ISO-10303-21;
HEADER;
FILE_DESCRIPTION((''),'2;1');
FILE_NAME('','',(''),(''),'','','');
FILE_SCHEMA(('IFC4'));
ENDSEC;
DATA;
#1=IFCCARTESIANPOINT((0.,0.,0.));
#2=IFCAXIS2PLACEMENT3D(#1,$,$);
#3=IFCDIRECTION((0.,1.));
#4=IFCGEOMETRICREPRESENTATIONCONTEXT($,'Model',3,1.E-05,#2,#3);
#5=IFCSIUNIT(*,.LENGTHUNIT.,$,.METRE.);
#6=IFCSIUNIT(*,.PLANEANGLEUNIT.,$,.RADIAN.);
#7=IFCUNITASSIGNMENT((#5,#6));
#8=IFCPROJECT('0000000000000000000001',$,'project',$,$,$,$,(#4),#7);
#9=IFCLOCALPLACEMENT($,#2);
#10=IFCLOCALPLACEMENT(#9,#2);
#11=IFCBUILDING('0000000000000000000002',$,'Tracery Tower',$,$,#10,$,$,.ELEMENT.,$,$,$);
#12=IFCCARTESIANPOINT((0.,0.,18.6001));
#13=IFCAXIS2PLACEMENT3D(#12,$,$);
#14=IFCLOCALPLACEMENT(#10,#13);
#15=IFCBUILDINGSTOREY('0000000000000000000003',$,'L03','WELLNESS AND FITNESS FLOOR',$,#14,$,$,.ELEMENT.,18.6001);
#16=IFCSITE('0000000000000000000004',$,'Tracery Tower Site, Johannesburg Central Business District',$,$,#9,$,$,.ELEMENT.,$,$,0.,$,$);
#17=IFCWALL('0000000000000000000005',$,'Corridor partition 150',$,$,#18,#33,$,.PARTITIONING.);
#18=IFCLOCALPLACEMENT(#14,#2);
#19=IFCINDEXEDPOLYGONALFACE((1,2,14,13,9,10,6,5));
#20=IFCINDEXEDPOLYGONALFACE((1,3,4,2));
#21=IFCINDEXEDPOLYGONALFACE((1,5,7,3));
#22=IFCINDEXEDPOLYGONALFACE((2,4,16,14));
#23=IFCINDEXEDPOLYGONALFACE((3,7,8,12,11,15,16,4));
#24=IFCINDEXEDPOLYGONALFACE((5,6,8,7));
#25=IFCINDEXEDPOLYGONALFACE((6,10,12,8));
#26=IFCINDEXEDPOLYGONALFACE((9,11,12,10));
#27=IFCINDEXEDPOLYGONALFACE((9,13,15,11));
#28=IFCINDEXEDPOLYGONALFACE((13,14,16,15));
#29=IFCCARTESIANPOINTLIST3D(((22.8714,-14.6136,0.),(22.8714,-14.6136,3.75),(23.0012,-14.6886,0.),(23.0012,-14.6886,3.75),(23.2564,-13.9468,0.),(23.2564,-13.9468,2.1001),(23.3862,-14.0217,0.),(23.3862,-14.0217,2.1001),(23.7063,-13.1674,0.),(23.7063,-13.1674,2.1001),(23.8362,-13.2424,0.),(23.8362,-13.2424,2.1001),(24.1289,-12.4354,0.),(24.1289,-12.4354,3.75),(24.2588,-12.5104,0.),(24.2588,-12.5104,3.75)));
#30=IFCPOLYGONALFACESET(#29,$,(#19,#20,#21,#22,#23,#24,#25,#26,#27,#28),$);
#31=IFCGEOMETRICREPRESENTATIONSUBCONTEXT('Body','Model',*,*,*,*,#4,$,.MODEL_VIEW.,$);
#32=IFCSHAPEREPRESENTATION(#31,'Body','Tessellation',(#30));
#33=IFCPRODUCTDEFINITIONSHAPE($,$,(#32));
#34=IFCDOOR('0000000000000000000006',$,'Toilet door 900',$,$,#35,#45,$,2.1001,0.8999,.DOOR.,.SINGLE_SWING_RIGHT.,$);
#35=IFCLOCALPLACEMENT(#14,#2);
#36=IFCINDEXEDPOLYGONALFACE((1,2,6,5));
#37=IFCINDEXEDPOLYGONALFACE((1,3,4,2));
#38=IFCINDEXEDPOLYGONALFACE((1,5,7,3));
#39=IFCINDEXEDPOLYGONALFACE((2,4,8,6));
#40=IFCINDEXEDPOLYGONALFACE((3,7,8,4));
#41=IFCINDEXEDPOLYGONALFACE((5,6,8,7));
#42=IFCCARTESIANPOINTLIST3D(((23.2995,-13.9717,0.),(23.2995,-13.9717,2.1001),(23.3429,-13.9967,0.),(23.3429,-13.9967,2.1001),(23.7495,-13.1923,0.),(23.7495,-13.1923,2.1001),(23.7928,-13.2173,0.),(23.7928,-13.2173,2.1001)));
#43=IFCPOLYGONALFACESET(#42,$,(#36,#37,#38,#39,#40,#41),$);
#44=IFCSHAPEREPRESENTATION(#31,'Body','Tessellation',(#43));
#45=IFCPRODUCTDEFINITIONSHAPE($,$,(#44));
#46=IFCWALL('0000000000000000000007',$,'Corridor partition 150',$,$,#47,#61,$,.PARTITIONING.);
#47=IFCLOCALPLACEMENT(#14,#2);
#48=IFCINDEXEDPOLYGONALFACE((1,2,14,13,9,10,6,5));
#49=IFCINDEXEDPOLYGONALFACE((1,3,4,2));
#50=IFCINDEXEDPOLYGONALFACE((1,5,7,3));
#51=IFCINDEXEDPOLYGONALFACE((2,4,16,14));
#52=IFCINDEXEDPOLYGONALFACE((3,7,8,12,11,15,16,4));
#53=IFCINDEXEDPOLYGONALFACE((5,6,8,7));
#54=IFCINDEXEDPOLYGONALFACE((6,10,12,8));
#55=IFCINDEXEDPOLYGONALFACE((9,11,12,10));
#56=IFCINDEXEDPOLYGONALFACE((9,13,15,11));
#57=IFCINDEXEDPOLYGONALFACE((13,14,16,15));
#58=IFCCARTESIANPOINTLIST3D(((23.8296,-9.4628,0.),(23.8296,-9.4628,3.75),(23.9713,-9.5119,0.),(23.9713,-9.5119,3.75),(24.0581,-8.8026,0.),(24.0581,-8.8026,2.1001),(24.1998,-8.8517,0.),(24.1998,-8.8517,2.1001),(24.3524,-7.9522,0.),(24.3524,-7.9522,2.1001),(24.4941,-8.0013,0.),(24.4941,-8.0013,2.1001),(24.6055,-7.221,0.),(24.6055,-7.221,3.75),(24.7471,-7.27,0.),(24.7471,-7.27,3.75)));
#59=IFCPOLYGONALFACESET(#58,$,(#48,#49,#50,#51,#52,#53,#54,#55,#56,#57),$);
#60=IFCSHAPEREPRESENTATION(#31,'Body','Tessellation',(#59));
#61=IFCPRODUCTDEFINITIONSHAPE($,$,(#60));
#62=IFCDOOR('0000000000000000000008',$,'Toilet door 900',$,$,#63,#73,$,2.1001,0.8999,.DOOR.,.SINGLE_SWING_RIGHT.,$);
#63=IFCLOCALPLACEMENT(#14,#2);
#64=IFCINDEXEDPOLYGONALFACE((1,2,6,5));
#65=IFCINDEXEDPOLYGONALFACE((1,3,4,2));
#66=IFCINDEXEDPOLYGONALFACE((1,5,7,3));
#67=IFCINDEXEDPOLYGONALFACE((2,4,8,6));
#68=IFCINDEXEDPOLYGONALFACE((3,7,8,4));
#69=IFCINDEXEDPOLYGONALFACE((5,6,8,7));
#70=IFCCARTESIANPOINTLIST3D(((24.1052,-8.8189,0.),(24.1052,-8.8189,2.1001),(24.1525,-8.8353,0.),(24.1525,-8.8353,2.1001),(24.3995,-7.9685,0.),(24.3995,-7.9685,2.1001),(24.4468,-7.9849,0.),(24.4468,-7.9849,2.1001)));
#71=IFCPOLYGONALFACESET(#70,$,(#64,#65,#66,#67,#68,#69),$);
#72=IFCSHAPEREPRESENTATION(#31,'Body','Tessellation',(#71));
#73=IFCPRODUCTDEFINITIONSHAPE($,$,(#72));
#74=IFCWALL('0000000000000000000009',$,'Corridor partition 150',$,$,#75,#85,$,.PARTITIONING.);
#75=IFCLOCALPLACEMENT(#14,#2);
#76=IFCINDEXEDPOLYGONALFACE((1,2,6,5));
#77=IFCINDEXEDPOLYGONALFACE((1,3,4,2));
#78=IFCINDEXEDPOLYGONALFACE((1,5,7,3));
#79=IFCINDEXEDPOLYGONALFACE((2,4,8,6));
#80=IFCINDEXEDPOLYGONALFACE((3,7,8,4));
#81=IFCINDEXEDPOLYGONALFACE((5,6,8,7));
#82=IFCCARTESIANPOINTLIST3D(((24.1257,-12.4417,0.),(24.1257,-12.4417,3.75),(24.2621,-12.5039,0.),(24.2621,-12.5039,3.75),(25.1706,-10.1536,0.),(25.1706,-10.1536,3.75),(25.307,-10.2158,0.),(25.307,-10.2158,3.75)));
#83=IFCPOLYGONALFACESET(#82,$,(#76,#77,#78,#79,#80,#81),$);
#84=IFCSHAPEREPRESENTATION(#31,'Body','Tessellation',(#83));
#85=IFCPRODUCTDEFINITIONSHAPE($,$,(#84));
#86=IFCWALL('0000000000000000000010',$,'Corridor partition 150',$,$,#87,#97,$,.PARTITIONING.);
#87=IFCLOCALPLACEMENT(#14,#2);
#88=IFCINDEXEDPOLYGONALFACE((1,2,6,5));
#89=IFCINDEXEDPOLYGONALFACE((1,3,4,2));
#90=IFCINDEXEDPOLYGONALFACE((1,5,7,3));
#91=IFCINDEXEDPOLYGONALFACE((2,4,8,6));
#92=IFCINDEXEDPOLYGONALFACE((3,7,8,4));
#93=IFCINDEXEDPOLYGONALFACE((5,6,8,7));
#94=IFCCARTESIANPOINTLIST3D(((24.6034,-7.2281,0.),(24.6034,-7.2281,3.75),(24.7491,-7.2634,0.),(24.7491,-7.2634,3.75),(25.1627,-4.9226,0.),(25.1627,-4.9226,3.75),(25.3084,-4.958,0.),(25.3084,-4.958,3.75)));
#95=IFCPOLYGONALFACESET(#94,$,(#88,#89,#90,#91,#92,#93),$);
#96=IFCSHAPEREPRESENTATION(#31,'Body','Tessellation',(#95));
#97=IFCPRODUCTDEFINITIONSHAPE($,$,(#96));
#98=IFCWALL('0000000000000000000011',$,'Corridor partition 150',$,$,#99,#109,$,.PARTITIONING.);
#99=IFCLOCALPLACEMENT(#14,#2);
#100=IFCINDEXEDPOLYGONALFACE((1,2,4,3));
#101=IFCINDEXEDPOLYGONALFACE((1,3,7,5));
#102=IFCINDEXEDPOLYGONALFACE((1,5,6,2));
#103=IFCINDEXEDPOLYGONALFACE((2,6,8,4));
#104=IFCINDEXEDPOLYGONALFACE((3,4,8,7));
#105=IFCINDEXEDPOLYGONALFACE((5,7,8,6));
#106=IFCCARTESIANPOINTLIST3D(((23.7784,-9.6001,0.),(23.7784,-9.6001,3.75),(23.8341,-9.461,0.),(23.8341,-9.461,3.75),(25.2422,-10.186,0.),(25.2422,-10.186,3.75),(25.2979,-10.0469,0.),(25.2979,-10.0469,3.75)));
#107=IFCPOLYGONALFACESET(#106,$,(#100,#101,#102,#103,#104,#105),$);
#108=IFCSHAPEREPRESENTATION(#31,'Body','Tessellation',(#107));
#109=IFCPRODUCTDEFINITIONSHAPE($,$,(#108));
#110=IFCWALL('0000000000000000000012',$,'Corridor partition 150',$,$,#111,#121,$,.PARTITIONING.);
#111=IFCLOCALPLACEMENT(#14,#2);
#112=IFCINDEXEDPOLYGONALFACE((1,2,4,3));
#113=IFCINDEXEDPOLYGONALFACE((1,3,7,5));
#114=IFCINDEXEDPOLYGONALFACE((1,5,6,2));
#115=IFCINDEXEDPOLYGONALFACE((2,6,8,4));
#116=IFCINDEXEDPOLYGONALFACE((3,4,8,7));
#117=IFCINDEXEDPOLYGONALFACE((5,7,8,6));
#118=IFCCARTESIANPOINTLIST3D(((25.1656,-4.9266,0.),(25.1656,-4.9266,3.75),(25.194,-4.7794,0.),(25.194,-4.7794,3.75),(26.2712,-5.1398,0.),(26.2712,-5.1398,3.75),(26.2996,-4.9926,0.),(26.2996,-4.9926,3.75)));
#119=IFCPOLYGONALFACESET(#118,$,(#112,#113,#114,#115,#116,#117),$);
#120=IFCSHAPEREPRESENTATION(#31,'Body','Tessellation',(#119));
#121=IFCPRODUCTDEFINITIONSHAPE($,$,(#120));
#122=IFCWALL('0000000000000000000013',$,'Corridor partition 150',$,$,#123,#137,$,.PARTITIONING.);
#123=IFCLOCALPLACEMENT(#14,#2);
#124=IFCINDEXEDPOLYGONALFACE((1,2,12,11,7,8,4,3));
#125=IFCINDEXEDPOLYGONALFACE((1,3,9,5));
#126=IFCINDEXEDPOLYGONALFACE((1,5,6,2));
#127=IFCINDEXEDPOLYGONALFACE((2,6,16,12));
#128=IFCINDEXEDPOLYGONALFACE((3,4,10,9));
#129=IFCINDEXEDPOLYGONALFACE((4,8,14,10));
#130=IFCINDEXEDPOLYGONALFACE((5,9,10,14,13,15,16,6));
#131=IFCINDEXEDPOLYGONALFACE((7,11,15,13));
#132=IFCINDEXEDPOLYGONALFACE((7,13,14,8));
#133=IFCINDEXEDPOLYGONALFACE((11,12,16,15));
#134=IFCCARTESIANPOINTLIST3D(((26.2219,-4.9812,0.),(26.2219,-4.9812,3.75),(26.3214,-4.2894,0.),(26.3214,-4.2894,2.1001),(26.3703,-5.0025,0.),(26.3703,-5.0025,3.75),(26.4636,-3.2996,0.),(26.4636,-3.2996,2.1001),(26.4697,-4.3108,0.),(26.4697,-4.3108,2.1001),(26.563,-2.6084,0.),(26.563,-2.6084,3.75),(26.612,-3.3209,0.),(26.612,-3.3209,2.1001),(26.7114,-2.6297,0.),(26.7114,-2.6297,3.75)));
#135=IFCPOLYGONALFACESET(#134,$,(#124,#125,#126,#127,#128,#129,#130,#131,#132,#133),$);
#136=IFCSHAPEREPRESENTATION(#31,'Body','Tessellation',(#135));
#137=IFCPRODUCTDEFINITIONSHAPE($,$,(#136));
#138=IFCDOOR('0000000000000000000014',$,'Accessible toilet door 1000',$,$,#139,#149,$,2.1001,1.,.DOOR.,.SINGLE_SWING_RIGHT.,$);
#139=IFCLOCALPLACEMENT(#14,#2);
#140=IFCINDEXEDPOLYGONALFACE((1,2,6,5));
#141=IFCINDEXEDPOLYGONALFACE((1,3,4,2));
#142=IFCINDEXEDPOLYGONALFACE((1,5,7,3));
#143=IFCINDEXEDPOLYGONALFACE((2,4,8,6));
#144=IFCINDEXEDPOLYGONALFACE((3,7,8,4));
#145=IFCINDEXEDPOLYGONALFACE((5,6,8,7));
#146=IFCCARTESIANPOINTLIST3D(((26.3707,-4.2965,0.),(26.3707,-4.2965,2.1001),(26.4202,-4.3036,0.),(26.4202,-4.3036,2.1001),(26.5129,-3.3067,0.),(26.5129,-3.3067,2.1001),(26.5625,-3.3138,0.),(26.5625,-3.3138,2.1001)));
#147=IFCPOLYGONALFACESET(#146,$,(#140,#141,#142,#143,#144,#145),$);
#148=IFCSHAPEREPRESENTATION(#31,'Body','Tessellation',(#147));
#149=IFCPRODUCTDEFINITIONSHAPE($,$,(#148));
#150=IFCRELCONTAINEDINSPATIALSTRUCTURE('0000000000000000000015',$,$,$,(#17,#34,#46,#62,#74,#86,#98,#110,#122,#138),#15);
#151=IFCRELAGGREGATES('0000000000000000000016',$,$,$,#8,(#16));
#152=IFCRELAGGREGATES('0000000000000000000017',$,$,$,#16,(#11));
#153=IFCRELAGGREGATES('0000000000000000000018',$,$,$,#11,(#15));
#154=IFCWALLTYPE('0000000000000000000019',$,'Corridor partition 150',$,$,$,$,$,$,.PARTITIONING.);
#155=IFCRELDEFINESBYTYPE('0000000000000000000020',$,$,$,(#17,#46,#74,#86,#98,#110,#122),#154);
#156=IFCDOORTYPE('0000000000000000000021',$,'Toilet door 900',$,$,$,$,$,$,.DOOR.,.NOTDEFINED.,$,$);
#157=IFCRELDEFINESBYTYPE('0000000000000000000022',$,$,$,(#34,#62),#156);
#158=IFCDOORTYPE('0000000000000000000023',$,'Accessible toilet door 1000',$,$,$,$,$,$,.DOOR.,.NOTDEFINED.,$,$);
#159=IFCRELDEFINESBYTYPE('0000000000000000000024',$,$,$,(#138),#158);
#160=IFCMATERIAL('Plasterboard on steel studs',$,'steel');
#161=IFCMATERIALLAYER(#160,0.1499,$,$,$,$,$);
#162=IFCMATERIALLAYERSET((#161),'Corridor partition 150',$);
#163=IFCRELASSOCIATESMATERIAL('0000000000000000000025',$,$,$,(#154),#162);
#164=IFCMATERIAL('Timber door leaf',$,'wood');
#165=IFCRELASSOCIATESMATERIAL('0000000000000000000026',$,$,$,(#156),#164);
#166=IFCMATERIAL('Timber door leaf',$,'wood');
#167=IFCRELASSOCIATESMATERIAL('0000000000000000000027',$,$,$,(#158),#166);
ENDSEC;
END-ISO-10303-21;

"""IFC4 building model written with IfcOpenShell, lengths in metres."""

from ifc_helpers import new_model, si_unit, direction, frame, frame_2d, origin, place, context, subcontext, project, spatial, rectangle, extrude, material, layer, layer_set, type_object, element, fill, save


model = new_model("IFC4")

# Units and contexts
model_context = context("Model", 3, precision=1e-05, world=origin(), true_north=direction((0.0, 1.0)))
body_context = subcontext(model_context, "Body", "Model", "MODEL_VIEW")
ifc_project = project(units=[si_unit("LENGTHUNIT", "METRE"), si_unit("PLANEANGLEUNIT", "RADIAN")], contexts=[model_context])

# Site, building, storey
site_placement = place(None, origin())
site = spatial("IfcSite", under=ifc_project, at=site_placement, Name="Tracery Tower Site, Johannesburg Central Business District", CompositionType="ELEMENT", RefElevation=0.0)
building_placement = place(site_placement, origin())
building = spatial("IfcBuilding", under=site, at=building_placement, Name="Tracery Tower", CompositionType="ELEMENT")
storey_placement = place(building_placement, frame((0.0, 0.0, 18.6001)))
storey = spatial("IfcBuildingStorey", under=building, at=storey_placement, Name="L03", Description="WELLNESS AND FITNESS FLOOR", CompositionType="ELEMENT", Elevation=18.6001)

# Walls, openings, doors
ifc_material_1 = material(Name="Plasterboard on steel studs", Category="steel")
ifc_layer_1 = layer(ifc_material_1, 0.1499)
ifc_layer_set_1 = layer_set([ifc_layer_1], Name="Corridor partition 150")
wall_type_1 = type_object("IfcWallType", Name="Corridor partition 150", PredefinedType="PARTITIONING", material=ifc_layer_set_1)
wall_1_placement = place(storey_placement, frame((24.1938, -12.4729, 0.0), z_axis=(0.0, 0.0, 1.0), x_axis=(-0.499991, -0.86603, 0.0)))
wall_1 = element("IfcWall", 1, at=wall_1_placement, inside=storey, type_object=wall_type_1, Name="Corridor partition 150", PredefinedType="PARTITIONING", context=body_context, shape_type="SweptSolid", body=[
    extrude(rectangle(XDim=2.5151, YDim=0.1499, at=frame_2d((1.2576, 0.0))), origin(), (0.0, 0.0, 1.0), 3.75),
])
opening_1_placement = place(wall_1_placement, frame((0.8452, 0.0, 0.0)))
opening_1 = element("IfcOpeningElement", 2, at=opening_1_placement, cuts=wall_1, PredefinedType="OPENING", context=body_context, shape_type="SweptSolid", body=[
    extrude(rectangle(XDim=0.8999, YDim=2.1001, at=frame_2d((0.45, 1.05))), frame((0.0, 0.075, 0.0), z_axis=(0.0, -1.0, 0.0), x_axis=(1.0, 0.0, 0.0)), (0.0, 0.0, 1.0), 0.1499),
])
ifc_material_2 = material(Name="Timber door leaf", Category="wood")
door_type_1 = type_object("IfcDoorType", Name="Toilet door 900", OperationType="NOTDEFINED", PredefinedType="DOOR", material=ifc_material_2)
door_1_placement = place(opening_1_placement, origin())
door_1 = element("IfcDoor", 3, at=door_1_placement, inside=storey, type_object=door_type_1, Name="Toilet door 900", OperationType="SINGLE_SWING_RIGHT", OverallHeight=2.1001, OverallWidth=0.8999, PredefinedType="DOOR", context=body_context, shape_type="SweptSolid", body=[
    extrude(rectangle(XDim=0.8999, YDim=2.1001, at=frame_2d((0.45, 1.05))), frame((0.0, 0.0249, 0.0), z_axis=(0.0, -1.0, 0.0), x_axis=(1.0, 0.0, 0.0)), (0.0, 0.0, 1.0), 0.05),
])
fill(opening_1, door_1)
wall_2_placement = place(storey_placement, frame((24.6763, -7.2456, 0.0), z_axis=(0.0, 0.0, 1.0), x_axis=(-0.327043, -0.945009, 0.0)))
wall_2 = element("IfcWall", 4, at=wall_2_placement, inside=storey, type_object=wall_type_1, Name="Corridor partition 150", PredefinedType="PARTITIONING", context=body_context, shape_type="SweptSolid", body=[
    extrude(rectangle(XDim=2.3723, YDim=0.1499, at=frame_2d((1.186, 0.0))), origin(), (0.0, 0.0, 1.0), 3.75),
])
opening_2_placement = place(wall_2_placement, frame((0.7737, 0.0, 0.0)))
opening_2 = element("IfcOpeningElement", 5, at=opening_2_placement, cuts=wall_2, PredefinedType="OPENING", context=body_context, shape_type="SweptSolid", body=[
    extrude(rectangle(XDim=0.8999, YDim=2.1001, at=frame_2d((0.45, 1.05))), frame((0.0, 0.075, 0.0), z_axis=(0.0, -1.0, 0.0), x_axis=(1.0, 0.0, 0.0)), (0.0, 0.0, 1.0), 0.1499),
])
door_2_placement = place(opening_2_placement, origin())
door_2 = element("IfcDoor", 6, at=door_2_placement, inside=storey, type_object=door_type_1, Name="Toilet door 900", OperationType="SINGLE_SWING_RIGHT", OverallHeight=2.1001, OverallWidth=0.8999, PredefinedType="DOOR", context=body_context, shape_type="SweptSolid", body=[
    extrude(rectangle(XDim=0.8999, YDim=2.1001, at=frame_2d((0.45, 1.05))), frame((0.0, 0.0249, 0.0), z_axis=(0.0, -1.0, 0.0), x_axis=(1.0, 0.0, 0.0)), (0.0, 0.0, 1.0), 0.05),
])
fill(opening_2, door_2)

# Walls
wall_3_placement = place(storey_placement, frame((24.1938, -12.4729, 0.0), z_axis=(0.0, 0.0, 1.0), x_axis=(0.415411, 0.909634, 0.0)))
element("IfcWall", 7, at=wall_3_placement, inside=storey, type_object=wall_type_1, Name="Corridor partition 150", PredefinedType="PARTITIONING", context=body_context, shape_type="SweptSolid", body=[
    extrude(rectangle(XDim=2.5154, YDim=0.1499, at=frame_2d((1.2578, 0.0))), origin(), (0.0, 0.0, 1.0), 3.75),
])
wall_4_placement = place(storey_placement, frame((24.6763, -7.2456, 0.0), z_axis=(0.0, 0.0, 1.0), x_axis=(0.235774, 0.971808, 0.0)))
element("IfcWall", 8, at=wall_4_placement, inside=storey, type_object=wall_type_1, Name="Corridor partition 150", PredefinedType="PARTITIONING", context=body_context, shape_type="SweptSolid", body=[
    extrude(rectangle(XDim=2.3723, YDim=0.1499, at=frame_2d((1.186, 0.0))), origin(), (0.0, 0.0, 1.0), 3.75),
])
wall_5_placement = place(storey_placement, frame((25.27, -10.1165, 0.0), z_axis=(0.0, 0.0, 1.0), x_axis=(-0.928391, 0.371604, 0.0)))
element("IfcWall", 9, at=wall_5_placement, inside=storey, type_object=wall_type_1, Name="Corridor partition 150", PredefinedType="PARTITIONING", context=body_context, shape_type="SweptSolid", body=[
    extrude(rectangle(XDim=1.5767, YDim=0.1499, at=frame_2d((0.7883, 0.0))), origin(), (0.0, 0.0, 1.0), 3.75),
])
wall_6_placement = place(storey_placement, frame((26.2854, -5.0662, 0.0), z_axis=(0.0, 0.0, 1.0), x_axis=(-0.981924, 0.189274, 0.0)))
element("IfcWall", 10, at=wall_6_placement, inside=storey, type_object=wall_type_1, Name="Corridor partition 150", PredefinedType="PARTITIONING", context=body_context, shape_type="SweptSolid", body=[
    extrude(rectangle(XDim=1.126, YDim=0.1499, at=frame_2d((0.563, 0.0))), origin(), (0.0, 0.0, 1.0), 3.75),
])

# Wall, opening, door
wall_7_placement = place(storey_placement, frame((26.6372, -2.6189, 0.0), z_axis=(0.0, 0.0, 1.0), x_axis=(-0.142277, -0.989827, 0.0)))
wall_7 = element("IfcWall", 11, at=wall_7_placement, inside=storey, type_object=wall_type_1, Name="Corridor partition 150", PredefinedType="PARTITIONING", context=body_context, shape_type="SweptSolid", body=[
    extrude(rectangle(XDim=2.3972, YDim=0.1499, at=frame_2d((1.1987, 0.0))), origin(), (0.0, 0.0, 1.0), 3.75),
])
opening_3_placement = place(wall_7_placement, frame((0.6985, 0.0, 0.0)))
opening_3 = element("IfcOpeningElement", 12, at=opening_3_placement, cuts=wall_7, PredefinedType="OPENING", context=body_context, shape_type="SweptSolid", body=[
    extrude(rectangle(XDim=1.0, YDim=2.1001, at=frame_2d((0.5, 1.05))), frame((0.0, 0.075, 0.0), z_axis=(0.0, -1.0, 0.0), x_axis=(1.0, 0.0, 0.0)), (0.0, 0.0, 1.0), 0.1499),
])
ifc_material_3 = material(Name="Timber door leaf", Category="wood")
door_type_2 = type_object("IfcDoorType", Name="Accessible toilet door 1000", OperationType="NOTDEFINED", PredefinedType="DOOR", material=ifc_material_3)
door_3_placement = place(opening_3_placement, origin())
door_3 = element("IfcDoor", 13, at=door_3_placement, inside=storey, type_object=door_type_2, Name="Accessible toilet door 1000", OperationType="SINGLE_SWING_RIGHT", OverallHeight=2.1001, OverallWidth=1.0, PredefinedType="DOOR", context=body_context, shape_type="SweptSolid", body=[
    extrude(rectangle(XDim=1.0, YDim=2.1001, at=frame_2d((0.5, 1.05))), frame((0.0, 0.0249, 0.0), z_axis=(0.0, -1.0, 0.0), x_axis=(1.0, 0.0, 0.0)), (0.0, 0.0, 1.0), 0.05),
])
fill(opening_3, door_3)

save(model, "model.ifc")
